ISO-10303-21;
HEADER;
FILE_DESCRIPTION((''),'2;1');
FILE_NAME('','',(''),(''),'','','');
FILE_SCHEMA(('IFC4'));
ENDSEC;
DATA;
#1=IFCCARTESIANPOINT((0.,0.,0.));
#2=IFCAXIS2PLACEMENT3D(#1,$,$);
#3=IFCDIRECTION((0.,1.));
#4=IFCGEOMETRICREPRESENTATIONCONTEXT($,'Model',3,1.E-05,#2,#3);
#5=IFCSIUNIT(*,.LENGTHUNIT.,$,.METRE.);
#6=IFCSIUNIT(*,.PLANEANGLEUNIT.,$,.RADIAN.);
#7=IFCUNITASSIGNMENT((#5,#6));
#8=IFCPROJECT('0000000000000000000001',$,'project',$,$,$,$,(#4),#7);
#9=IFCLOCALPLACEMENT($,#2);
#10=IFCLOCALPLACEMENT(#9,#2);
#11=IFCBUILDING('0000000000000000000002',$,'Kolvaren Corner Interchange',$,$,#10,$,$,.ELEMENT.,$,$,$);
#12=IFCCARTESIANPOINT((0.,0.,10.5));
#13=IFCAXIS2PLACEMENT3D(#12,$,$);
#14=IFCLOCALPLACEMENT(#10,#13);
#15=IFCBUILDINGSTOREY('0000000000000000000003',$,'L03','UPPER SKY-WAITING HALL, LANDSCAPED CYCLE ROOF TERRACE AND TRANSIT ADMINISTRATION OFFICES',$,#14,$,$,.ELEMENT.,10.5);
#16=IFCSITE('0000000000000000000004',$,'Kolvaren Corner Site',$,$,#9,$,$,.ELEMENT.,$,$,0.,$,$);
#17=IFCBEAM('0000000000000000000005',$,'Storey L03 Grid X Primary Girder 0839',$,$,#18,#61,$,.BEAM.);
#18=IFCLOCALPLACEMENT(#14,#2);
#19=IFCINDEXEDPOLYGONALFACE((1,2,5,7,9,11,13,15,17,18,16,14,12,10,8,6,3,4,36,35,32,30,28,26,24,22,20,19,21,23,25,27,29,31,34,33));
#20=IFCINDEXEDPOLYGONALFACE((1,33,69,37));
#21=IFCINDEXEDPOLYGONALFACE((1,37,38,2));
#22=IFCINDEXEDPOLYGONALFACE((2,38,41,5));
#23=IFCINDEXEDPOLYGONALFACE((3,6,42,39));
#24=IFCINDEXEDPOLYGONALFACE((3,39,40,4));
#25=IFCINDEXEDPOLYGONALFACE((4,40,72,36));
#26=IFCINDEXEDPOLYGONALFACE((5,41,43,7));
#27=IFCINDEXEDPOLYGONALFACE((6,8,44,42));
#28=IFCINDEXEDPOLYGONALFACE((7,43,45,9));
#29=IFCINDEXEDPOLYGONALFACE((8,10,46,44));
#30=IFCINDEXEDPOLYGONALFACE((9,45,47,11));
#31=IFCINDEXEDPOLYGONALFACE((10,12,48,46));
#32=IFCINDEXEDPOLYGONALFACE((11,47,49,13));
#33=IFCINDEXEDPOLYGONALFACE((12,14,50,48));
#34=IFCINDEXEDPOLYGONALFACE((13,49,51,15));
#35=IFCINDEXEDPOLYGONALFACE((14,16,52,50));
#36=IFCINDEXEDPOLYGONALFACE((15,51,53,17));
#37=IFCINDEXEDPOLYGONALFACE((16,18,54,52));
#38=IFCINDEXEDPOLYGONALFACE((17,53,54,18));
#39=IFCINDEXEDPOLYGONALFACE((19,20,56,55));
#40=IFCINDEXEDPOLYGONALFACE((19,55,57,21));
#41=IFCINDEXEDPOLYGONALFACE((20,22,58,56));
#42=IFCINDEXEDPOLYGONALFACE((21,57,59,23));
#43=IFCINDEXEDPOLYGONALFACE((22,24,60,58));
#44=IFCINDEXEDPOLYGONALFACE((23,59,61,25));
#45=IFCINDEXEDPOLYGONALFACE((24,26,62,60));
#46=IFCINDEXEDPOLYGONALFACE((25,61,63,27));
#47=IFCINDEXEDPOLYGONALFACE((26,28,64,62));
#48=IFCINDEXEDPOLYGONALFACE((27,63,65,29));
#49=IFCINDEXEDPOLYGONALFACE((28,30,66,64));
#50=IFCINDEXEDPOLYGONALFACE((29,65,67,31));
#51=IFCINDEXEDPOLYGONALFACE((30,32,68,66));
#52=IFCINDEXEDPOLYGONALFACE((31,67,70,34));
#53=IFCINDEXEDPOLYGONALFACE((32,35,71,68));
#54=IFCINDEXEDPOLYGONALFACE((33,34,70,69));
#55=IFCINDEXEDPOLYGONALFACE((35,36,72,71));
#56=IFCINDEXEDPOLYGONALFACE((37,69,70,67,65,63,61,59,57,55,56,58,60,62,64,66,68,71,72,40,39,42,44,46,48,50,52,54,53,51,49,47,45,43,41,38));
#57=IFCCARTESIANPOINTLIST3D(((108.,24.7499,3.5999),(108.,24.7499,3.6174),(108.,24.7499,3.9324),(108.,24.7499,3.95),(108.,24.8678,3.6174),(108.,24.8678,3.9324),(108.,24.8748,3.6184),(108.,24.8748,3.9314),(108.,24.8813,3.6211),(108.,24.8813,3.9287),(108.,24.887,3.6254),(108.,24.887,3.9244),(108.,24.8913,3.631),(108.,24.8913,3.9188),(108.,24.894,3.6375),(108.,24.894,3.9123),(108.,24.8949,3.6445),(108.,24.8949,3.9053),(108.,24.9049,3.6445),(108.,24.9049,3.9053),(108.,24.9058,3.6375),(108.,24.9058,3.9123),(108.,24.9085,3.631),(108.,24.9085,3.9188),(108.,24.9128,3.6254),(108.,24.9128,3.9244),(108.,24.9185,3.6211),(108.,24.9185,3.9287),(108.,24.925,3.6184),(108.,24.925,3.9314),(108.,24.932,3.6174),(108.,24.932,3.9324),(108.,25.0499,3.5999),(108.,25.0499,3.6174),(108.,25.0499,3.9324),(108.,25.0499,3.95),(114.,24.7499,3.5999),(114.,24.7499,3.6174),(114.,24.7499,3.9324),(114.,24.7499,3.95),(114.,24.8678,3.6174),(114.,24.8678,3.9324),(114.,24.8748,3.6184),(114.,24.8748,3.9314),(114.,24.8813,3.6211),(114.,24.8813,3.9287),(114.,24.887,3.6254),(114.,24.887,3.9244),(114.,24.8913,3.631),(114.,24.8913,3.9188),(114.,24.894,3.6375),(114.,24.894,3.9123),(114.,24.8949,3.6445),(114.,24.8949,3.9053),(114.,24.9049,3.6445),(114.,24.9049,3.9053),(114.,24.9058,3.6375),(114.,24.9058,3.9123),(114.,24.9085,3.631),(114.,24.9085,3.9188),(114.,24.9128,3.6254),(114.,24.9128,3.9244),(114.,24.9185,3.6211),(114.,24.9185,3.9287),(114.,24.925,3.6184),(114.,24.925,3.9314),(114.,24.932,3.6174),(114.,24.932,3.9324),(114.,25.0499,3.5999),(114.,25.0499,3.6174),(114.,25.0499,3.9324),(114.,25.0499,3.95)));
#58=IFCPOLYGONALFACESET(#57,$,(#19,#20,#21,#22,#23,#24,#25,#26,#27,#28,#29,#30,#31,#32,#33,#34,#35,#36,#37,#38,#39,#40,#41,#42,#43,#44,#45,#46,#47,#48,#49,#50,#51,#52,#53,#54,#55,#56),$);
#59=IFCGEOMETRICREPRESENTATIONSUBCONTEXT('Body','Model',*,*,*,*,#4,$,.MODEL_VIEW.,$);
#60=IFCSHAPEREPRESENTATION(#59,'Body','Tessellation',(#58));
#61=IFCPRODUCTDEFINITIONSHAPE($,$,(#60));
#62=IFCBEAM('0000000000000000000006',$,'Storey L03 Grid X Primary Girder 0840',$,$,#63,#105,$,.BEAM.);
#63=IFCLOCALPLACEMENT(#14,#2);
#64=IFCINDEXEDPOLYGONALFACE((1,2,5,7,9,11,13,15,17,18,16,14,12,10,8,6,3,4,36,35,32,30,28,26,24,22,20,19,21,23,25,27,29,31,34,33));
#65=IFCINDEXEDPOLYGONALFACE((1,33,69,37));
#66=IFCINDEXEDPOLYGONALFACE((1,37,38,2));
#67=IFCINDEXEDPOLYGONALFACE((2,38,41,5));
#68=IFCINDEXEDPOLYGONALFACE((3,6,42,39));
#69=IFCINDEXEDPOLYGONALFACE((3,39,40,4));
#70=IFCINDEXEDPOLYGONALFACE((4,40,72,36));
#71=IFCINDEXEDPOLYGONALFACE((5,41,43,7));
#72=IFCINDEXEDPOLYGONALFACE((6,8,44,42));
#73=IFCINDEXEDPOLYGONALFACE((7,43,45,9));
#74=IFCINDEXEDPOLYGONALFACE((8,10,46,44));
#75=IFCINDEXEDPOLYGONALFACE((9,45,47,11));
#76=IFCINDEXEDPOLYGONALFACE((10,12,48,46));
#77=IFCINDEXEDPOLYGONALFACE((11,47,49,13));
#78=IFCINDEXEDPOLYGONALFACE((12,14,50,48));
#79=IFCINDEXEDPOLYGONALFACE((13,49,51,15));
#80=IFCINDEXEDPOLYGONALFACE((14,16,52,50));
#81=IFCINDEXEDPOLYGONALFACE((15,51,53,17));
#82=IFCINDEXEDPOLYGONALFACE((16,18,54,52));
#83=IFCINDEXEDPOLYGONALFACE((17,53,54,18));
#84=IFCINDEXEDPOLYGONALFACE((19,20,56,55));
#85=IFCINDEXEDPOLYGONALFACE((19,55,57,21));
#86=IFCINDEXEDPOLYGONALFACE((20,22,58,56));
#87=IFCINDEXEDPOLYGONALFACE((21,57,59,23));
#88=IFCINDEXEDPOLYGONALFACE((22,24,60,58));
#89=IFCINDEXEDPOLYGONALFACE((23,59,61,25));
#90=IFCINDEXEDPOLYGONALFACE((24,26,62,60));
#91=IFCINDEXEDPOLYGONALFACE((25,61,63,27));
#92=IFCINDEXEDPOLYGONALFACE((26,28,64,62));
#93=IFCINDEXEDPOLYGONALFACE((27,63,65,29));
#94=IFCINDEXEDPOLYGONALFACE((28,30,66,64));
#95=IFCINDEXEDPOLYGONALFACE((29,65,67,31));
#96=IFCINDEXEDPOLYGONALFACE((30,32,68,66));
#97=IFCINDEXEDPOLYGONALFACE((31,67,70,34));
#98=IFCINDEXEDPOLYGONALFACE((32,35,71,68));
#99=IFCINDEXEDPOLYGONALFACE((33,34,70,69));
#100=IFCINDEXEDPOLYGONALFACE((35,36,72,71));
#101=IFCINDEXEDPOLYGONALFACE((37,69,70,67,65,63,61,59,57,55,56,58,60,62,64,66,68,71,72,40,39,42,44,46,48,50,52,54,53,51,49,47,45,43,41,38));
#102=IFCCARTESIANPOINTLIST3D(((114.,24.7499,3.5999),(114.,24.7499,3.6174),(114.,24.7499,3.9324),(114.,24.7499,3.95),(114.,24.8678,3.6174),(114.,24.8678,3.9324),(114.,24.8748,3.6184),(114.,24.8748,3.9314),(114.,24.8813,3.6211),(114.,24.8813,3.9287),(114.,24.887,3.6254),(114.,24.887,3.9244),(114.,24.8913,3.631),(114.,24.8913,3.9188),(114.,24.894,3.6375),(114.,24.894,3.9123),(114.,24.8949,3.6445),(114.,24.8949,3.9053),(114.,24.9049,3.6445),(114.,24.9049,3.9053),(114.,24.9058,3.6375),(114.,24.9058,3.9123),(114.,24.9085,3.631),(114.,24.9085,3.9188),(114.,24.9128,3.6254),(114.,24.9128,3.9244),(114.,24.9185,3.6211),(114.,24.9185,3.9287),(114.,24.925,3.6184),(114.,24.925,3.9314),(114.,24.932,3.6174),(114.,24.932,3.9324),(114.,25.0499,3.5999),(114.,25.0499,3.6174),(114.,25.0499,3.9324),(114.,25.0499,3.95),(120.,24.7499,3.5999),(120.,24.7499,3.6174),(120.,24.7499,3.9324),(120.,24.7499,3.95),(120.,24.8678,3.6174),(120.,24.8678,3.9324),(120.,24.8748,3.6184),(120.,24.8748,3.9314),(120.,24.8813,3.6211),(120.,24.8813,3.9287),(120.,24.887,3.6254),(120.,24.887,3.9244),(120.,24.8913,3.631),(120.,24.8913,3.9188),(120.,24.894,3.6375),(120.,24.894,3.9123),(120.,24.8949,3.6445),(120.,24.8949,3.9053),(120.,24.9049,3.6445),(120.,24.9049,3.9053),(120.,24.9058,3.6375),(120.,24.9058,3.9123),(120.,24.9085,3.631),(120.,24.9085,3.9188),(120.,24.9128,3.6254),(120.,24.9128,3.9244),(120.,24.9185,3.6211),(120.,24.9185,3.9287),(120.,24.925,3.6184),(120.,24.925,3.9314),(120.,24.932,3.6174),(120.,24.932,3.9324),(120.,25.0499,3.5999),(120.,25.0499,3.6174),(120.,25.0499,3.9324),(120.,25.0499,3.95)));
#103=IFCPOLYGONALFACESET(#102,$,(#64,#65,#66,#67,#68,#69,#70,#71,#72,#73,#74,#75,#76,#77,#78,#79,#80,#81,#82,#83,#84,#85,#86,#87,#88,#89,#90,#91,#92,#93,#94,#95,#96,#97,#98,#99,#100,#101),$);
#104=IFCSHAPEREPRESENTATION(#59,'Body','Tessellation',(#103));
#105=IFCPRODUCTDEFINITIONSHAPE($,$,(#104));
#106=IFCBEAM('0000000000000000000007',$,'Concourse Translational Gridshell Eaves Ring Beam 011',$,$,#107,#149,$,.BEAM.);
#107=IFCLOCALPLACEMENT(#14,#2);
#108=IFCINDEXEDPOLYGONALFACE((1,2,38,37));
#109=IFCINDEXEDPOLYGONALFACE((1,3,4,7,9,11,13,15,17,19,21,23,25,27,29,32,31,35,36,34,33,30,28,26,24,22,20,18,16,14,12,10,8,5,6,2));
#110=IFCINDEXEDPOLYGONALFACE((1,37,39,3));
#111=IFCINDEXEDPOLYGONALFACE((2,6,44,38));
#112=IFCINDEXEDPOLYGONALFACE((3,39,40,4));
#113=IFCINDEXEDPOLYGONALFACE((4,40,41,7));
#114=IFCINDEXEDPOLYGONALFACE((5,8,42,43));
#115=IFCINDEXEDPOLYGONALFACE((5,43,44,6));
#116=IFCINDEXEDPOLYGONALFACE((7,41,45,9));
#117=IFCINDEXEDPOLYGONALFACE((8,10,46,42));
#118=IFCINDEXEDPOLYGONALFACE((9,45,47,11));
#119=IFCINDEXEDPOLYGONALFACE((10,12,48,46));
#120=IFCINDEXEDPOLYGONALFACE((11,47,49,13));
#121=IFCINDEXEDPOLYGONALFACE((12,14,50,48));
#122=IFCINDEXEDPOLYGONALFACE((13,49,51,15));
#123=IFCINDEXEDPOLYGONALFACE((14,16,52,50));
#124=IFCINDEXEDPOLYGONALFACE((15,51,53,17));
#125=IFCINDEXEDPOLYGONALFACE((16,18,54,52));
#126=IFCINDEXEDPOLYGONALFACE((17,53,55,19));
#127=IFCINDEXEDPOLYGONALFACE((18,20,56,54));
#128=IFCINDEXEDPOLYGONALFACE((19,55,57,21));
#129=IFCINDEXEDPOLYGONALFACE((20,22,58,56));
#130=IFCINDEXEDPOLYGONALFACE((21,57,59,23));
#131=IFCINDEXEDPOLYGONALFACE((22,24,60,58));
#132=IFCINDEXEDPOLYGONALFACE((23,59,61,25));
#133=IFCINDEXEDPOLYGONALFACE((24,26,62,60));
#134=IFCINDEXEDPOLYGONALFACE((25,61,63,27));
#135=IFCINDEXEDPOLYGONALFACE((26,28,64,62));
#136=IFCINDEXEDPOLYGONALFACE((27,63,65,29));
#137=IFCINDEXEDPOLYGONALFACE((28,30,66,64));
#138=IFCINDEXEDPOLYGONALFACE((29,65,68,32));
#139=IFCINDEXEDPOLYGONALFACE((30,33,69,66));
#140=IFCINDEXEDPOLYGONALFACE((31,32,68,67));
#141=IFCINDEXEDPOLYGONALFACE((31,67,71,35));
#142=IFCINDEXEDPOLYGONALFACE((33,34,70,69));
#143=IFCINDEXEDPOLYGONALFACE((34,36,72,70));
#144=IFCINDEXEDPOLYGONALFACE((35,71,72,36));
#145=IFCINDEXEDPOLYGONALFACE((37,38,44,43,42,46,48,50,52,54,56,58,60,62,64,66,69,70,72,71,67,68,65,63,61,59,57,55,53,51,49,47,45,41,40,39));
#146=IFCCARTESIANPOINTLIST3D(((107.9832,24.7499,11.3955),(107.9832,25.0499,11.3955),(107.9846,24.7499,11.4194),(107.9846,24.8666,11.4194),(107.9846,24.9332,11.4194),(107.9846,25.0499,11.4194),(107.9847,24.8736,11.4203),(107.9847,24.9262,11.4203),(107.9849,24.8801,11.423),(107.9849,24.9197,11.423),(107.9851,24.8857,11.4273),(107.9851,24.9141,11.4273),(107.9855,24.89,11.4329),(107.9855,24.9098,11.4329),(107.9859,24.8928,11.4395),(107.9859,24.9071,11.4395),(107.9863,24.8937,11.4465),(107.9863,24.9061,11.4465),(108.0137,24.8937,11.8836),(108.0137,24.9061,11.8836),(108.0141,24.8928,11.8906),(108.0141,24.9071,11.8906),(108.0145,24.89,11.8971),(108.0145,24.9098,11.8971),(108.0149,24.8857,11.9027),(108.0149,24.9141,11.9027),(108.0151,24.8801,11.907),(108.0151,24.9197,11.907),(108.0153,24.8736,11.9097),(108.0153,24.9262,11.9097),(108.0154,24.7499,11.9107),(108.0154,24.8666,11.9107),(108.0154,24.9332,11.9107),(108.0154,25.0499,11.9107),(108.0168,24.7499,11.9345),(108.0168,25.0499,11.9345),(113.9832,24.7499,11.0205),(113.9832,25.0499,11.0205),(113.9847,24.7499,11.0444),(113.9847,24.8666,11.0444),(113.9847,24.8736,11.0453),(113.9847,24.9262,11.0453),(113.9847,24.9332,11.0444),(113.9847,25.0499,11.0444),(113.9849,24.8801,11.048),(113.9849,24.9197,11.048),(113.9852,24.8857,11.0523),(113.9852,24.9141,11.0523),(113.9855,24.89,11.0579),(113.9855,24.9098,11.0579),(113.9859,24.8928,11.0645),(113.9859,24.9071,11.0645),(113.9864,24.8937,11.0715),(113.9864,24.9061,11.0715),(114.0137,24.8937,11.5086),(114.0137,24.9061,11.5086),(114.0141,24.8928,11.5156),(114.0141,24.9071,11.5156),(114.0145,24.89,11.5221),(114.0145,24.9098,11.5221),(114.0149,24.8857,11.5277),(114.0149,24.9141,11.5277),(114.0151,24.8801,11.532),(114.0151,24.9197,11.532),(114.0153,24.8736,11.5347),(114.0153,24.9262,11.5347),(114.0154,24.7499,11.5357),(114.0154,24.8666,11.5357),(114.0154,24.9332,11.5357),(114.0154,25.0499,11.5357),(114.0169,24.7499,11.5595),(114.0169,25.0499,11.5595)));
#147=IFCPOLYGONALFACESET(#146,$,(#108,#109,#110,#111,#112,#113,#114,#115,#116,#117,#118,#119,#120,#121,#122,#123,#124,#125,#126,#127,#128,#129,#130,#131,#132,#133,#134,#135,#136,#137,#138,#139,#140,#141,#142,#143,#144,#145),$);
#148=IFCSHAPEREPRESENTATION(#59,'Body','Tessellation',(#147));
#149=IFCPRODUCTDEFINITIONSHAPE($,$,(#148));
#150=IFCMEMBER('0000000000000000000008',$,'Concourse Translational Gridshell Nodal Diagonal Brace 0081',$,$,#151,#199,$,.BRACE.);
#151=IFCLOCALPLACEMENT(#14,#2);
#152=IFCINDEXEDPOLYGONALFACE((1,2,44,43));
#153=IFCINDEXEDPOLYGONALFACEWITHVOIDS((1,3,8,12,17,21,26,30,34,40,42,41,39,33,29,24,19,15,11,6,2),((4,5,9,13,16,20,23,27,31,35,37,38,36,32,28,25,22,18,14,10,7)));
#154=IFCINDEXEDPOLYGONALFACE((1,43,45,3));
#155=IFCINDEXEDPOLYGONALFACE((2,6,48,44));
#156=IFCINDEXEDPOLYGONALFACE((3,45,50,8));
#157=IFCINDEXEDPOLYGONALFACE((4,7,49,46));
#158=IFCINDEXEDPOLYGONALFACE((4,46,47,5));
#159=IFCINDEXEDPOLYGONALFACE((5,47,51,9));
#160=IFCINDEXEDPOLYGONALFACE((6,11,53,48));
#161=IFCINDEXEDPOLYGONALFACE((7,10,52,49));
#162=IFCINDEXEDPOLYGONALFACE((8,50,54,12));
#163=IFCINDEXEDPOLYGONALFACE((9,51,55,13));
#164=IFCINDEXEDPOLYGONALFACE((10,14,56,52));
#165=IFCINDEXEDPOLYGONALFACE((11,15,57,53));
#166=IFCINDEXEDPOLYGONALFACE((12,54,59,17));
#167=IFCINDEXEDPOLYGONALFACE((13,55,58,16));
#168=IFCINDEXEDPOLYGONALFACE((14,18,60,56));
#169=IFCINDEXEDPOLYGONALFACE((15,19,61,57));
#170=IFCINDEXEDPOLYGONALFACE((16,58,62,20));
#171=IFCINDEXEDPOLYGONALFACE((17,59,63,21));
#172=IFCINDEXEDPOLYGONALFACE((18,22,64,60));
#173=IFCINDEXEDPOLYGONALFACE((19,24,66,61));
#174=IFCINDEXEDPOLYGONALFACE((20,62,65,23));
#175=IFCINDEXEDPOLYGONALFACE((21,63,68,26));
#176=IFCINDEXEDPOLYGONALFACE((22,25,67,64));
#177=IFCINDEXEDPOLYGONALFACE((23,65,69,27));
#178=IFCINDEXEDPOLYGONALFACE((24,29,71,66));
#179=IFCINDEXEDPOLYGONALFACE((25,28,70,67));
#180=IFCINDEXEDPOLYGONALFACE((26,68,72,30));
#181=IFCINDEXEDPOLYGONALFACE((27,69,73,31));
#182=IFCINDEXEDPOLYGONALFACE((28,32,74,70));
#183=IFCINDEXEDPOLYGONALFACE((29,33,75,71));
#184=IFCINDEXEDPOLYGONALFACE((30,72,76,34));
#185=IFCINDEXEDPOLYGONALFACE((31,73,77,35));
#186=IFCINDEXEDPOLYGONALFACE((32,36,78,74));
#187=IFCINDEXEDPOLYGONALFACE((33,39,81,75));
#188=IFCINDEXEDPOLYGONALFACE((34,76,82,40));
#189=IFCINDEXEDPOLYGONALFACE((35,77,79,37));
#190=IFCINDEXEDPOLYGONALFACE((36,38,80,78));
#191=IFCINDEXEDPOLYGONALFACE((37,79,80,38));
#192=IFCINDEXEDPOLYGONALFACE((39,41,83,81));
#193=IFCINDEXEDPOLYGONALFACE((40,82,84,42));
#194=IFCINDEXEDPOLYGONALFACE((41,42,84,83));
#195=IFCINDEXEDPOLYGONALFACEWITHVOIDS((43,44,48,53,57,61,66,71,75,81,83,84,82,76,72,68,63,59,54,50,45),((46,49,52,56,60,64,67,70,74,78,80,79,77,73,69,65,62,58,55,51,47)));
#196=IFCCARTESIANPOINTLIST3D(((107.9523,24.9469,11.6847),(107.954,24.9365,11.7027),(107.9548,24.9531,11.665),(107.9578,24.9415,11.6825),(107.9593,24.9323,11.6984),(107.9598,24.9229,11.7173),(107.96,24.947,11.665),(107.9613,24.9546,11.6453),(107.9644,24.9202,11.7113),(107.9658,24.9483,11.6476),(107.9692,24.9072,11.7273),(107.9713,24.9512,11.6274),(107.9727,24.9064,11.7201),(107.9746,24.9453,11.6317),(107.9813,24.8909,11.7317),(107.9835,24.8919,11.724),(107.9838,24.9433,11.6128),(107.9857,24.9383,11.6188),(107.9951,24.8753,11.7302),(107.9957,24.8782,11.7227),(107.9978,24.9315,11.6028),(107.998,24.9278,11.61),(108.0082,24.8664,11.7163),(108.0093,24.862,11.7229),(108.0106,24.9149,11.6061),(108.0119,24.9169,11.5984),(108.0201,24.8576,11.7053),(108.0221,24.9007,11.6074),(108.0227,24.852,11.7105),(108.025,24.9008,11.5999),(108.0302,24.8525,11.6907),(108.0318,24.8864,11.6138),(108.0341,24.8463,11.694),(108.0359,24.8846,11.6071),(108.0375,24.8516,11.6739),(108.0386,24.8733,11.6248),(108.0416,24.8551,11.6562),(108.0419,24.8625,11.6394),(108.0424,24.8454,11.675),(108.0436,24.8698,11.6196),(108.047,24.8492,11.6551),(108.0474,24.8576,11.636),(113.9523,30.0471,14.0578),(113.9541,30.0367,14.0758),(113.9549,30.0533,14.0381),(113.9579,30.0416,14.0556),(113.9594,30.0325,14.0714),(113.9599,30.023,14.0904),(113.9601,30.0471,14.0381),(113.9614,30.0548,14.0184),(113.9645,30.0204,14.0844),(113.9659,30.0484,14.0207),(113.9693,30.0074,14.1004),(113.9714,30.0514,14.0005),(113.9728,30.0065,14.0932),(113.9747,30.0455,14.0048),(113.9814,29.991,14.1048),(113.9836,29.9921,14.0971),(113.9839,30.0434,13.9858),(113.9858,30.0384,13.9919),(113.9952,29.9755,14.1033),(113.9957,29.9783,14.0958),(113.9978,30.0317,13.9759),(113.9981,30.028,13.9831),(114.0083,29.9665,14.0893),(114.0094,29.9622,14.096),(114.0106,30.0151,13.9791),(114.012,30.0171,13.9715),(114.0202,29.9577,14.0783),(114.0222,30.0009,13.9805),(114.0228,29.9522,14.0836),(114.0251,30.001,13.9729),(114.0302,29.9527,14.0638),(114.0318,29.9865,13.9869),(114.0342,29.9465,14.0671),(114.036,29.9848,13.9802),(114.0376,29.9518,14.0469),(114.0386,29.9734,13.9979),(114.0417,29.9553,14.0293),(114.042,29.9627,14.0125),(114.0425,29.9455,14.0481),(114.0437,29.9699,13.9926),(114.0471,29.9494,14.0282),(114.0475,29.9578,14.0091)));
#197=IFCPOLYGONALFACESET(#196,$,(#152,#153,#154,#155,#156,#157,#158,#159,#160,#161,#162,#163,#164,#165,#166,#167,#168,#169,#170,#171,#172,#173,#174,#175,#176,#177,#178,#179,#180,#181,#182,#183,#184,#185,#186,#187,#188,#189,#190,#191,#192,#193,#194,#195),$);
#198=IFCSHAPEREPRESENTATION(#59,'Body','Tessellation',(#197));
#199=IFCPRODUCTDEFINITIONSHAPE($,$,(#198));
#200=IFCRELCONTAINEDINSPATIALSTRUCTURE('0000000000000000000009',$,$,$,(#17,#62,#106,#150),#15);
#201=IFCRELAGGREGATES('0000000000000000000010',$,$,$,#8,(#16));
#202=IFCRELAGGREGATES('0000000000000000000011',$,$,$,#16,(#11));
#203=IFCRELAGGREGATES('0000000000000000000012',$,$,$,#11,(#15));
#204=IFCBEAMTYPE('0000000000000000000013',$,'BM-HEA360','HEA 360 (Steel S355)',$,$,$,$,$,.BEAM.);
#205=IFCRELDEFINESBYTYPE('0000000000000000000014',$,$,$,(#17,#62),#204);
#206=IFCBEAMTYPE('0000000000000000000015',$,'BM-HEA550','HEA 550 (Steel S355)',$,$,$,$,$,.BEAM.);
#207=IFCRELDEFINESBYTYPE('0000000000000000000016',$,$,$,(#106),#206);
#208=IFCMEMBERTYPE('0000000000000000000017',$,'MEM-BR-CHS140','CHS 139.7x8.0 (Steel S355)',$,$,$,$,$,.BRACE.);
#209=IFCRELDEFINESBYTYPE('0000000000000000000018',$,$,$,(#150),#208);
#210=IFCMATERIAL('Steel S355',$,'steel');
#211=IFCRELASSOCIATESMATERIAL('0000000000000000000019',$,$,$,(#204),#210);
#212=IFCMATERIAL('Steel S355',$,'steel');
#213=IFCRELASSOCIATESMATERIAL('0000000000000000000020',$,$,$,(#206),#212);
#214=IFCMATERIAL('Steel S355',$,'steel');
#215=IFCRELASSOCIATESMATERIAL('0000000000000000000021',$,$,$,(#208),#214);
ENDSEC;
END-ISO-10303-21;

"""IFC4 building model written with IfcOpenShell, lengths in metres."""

from ifc_helpers import new_model, si_unit, direction, frame, origin, origin_2d, place, context, subcontext, project, spatial, hollow_circle, i_section, extrude, material, material_profile, profile_set, type_object, element, save


model = new_model("IFC4")

# Units and contexts
model_context = context("Model", 3, precision=1e-05, world=origin(), true_north=direction((0.0, 1.0)))
body_context = subcontext(model_context, "Body", "Model", "MODEL_VIEW")
ifc_project = project(units=[si_unit("LENGTHUNIT", "METRE"), si_unit("PLANEANGLEUNIT", "RADIAN")], contexts=[model_context])

# Site, building, storey
site_placement = place(None, origin())
site = spatial("IfcSite", under=ifc_project, at=site_placement, Name="Kolvaren Corner Site", CompositionType="ELEMENT", RefElevation=0.0)
building_placement = place(site_placement, origin())
building = spatial("IfcBuilding", under=site, at=building_placement, Name="Kolvaren Corner Interchange", CompositionType="ELEMENT")
storey_placement = place(building_placement, frame((0.0, 0.0, 10.5)))
storey = spatial("IfcBuildingStorey", under=building, at=storey_placement, Name="L03", Description="UPPER SKY-WAITING HALL, LANDSCAPED CYCLE ROOF TERRACE AND TRANSIT ADMINISTRATION OFFICES", CompositionType="ELEMENT", Elevation=10.5)

# Beams
ifc_material_1 = material(Name="Steel S355", Category="steel")
ifc_material_profile_1 = material_profile(ifc_material_1, i_section(OverallWidth=0.3, OverallDepth=0.3501, WebThickness=0.01, FlangeThickness=0.0176, FilletRadius=0.0271, at=origin_2d()), Name="HEA 360")
ifc_profile_set_1 = profile_set([ifc_material_profile_1], Name="Steel S355")
beam_type_1 = type_object("IfcBeamType", Name="BM-HEA360", Description="HEA 360 (Steel S355)", PredefinedType="BEAM", material=ifc_profile_set_1)
for number, where, z_axis, x_axis, name in (
    (1, (108.0, 24.8999, 3.7749), (1.0, 0.0, 0.0), (0.0, 1.0, 0.0), "Storey L03 Grid X Primary Girder 0839"),
    (2, (114.0, 24.8999, 3.7749), (1.0, 0.0, 0.0), (0.0, 1.0, 0.0), "Storey L03 Grid X Primary Girder 0840"),
):
    element("IfcBeam", number, at=place(storey_placement, frame(where, z_axis=z_axis, x_axis=x_axis)), inside=storey, type_object=beam_type_1, Name=name, PredefinedType="BEAM", context=body_context, shape_type="SweptSolid", body=[
        extrude(i_section(OverallWidth=0.3, OverallDepth=0.3501, WebThickness=0.01, FlangeThickness=0.0176, FilletRadius=0.0271, at=origin_2d()), origin(), (0.0, 0.0, 1.0), 6.0),
    ])
ifc_material_2 = material(Name="Steel S355", Category="steel")
ifc_material_profile_2 = material_profile(ifc_material_2, i_section(OverallWidth=0.3, OverallDepth=0.54, WebThickness=0.0125, FlangeThickness=0.0239, FilletRadius=0.0271, at=origin_2d()), Name="HEA 550")
ifc_profile_set_2 = profile_set([ifc_material_profile_2], Name="Steel S355")
beam_type_2 = type_object("IfcBeamType", Name="BM-HEA550", Description="HEA 550 (Steel S355)", PredefinedType="BEAM", material=ifc_profile_set_2)
beam_placement = place(storey_placement, frame((108.0, 24.8999, 11.665), z_axis=(0.998053, 0.0, -0.062378), x_axis=(0.0, 1.0, 0.0)))
element("IfcBeam", 3, at=beam_placement, inside=storey, type_object=beam_type_2, Name="Concourse Translational Gridshell Eaves Ring Beam 011", PredefinedType="BEAM", context=body_context, shape_type="SweptSolid", body=[
    extrude(i_section(OverallWidth=0.3, OverallDepth=0.54, WebThickness=0.0125, FlangeThickness=0.0239, FilletRadius=0.0271, at=origin_2d()), origin(), (0.0, 0.0, 1.0), 6.0117),
])

# Member
ifc_material_3 = material(Name="Steel S355", Category="steel")
ifc_material_profile_3 = material_profile(ifc_material_3, hollow_circle(Radius=0.0698, WallThickness=0.0081, at=origin_2d()), Name="CHS 139.7x8.0")
ifc_profile_set_3 = profile_set([ifc_material_profile_3], Name="Steel S355")
member_type_1 = type_object("IfcMemberType", Name="MEM-BR-CHS140", Description="CHS 139.7x8.0 (Steel S355)", PredefinedType="BRACE", material=ifc_profile_set_3)
member_1_placement = place(storey_placement, frame((108.0, 24.8999, 11.665), z_axis=(0.729528, 0.620111, 0.288534), x_axis=(-0.647656, 0.761933, 0.0)))
element("IfcMember", 4, at=member_1_placement, inside=storey, type_object=member_type_1, Name="Concourse Translational Gridshell Nodal Diagonal Brace 0081", PredefinedType="BRACE", context=body_context, shape_type="SweptSolid", body=[
    extrude(hollow_circle(Radius=0.0698, WallThickness=0.0081, at=origin_2d()), origin(), (0.0, 0.0, 1.0), 8.2246),
])

save(model, "model.ifc")
